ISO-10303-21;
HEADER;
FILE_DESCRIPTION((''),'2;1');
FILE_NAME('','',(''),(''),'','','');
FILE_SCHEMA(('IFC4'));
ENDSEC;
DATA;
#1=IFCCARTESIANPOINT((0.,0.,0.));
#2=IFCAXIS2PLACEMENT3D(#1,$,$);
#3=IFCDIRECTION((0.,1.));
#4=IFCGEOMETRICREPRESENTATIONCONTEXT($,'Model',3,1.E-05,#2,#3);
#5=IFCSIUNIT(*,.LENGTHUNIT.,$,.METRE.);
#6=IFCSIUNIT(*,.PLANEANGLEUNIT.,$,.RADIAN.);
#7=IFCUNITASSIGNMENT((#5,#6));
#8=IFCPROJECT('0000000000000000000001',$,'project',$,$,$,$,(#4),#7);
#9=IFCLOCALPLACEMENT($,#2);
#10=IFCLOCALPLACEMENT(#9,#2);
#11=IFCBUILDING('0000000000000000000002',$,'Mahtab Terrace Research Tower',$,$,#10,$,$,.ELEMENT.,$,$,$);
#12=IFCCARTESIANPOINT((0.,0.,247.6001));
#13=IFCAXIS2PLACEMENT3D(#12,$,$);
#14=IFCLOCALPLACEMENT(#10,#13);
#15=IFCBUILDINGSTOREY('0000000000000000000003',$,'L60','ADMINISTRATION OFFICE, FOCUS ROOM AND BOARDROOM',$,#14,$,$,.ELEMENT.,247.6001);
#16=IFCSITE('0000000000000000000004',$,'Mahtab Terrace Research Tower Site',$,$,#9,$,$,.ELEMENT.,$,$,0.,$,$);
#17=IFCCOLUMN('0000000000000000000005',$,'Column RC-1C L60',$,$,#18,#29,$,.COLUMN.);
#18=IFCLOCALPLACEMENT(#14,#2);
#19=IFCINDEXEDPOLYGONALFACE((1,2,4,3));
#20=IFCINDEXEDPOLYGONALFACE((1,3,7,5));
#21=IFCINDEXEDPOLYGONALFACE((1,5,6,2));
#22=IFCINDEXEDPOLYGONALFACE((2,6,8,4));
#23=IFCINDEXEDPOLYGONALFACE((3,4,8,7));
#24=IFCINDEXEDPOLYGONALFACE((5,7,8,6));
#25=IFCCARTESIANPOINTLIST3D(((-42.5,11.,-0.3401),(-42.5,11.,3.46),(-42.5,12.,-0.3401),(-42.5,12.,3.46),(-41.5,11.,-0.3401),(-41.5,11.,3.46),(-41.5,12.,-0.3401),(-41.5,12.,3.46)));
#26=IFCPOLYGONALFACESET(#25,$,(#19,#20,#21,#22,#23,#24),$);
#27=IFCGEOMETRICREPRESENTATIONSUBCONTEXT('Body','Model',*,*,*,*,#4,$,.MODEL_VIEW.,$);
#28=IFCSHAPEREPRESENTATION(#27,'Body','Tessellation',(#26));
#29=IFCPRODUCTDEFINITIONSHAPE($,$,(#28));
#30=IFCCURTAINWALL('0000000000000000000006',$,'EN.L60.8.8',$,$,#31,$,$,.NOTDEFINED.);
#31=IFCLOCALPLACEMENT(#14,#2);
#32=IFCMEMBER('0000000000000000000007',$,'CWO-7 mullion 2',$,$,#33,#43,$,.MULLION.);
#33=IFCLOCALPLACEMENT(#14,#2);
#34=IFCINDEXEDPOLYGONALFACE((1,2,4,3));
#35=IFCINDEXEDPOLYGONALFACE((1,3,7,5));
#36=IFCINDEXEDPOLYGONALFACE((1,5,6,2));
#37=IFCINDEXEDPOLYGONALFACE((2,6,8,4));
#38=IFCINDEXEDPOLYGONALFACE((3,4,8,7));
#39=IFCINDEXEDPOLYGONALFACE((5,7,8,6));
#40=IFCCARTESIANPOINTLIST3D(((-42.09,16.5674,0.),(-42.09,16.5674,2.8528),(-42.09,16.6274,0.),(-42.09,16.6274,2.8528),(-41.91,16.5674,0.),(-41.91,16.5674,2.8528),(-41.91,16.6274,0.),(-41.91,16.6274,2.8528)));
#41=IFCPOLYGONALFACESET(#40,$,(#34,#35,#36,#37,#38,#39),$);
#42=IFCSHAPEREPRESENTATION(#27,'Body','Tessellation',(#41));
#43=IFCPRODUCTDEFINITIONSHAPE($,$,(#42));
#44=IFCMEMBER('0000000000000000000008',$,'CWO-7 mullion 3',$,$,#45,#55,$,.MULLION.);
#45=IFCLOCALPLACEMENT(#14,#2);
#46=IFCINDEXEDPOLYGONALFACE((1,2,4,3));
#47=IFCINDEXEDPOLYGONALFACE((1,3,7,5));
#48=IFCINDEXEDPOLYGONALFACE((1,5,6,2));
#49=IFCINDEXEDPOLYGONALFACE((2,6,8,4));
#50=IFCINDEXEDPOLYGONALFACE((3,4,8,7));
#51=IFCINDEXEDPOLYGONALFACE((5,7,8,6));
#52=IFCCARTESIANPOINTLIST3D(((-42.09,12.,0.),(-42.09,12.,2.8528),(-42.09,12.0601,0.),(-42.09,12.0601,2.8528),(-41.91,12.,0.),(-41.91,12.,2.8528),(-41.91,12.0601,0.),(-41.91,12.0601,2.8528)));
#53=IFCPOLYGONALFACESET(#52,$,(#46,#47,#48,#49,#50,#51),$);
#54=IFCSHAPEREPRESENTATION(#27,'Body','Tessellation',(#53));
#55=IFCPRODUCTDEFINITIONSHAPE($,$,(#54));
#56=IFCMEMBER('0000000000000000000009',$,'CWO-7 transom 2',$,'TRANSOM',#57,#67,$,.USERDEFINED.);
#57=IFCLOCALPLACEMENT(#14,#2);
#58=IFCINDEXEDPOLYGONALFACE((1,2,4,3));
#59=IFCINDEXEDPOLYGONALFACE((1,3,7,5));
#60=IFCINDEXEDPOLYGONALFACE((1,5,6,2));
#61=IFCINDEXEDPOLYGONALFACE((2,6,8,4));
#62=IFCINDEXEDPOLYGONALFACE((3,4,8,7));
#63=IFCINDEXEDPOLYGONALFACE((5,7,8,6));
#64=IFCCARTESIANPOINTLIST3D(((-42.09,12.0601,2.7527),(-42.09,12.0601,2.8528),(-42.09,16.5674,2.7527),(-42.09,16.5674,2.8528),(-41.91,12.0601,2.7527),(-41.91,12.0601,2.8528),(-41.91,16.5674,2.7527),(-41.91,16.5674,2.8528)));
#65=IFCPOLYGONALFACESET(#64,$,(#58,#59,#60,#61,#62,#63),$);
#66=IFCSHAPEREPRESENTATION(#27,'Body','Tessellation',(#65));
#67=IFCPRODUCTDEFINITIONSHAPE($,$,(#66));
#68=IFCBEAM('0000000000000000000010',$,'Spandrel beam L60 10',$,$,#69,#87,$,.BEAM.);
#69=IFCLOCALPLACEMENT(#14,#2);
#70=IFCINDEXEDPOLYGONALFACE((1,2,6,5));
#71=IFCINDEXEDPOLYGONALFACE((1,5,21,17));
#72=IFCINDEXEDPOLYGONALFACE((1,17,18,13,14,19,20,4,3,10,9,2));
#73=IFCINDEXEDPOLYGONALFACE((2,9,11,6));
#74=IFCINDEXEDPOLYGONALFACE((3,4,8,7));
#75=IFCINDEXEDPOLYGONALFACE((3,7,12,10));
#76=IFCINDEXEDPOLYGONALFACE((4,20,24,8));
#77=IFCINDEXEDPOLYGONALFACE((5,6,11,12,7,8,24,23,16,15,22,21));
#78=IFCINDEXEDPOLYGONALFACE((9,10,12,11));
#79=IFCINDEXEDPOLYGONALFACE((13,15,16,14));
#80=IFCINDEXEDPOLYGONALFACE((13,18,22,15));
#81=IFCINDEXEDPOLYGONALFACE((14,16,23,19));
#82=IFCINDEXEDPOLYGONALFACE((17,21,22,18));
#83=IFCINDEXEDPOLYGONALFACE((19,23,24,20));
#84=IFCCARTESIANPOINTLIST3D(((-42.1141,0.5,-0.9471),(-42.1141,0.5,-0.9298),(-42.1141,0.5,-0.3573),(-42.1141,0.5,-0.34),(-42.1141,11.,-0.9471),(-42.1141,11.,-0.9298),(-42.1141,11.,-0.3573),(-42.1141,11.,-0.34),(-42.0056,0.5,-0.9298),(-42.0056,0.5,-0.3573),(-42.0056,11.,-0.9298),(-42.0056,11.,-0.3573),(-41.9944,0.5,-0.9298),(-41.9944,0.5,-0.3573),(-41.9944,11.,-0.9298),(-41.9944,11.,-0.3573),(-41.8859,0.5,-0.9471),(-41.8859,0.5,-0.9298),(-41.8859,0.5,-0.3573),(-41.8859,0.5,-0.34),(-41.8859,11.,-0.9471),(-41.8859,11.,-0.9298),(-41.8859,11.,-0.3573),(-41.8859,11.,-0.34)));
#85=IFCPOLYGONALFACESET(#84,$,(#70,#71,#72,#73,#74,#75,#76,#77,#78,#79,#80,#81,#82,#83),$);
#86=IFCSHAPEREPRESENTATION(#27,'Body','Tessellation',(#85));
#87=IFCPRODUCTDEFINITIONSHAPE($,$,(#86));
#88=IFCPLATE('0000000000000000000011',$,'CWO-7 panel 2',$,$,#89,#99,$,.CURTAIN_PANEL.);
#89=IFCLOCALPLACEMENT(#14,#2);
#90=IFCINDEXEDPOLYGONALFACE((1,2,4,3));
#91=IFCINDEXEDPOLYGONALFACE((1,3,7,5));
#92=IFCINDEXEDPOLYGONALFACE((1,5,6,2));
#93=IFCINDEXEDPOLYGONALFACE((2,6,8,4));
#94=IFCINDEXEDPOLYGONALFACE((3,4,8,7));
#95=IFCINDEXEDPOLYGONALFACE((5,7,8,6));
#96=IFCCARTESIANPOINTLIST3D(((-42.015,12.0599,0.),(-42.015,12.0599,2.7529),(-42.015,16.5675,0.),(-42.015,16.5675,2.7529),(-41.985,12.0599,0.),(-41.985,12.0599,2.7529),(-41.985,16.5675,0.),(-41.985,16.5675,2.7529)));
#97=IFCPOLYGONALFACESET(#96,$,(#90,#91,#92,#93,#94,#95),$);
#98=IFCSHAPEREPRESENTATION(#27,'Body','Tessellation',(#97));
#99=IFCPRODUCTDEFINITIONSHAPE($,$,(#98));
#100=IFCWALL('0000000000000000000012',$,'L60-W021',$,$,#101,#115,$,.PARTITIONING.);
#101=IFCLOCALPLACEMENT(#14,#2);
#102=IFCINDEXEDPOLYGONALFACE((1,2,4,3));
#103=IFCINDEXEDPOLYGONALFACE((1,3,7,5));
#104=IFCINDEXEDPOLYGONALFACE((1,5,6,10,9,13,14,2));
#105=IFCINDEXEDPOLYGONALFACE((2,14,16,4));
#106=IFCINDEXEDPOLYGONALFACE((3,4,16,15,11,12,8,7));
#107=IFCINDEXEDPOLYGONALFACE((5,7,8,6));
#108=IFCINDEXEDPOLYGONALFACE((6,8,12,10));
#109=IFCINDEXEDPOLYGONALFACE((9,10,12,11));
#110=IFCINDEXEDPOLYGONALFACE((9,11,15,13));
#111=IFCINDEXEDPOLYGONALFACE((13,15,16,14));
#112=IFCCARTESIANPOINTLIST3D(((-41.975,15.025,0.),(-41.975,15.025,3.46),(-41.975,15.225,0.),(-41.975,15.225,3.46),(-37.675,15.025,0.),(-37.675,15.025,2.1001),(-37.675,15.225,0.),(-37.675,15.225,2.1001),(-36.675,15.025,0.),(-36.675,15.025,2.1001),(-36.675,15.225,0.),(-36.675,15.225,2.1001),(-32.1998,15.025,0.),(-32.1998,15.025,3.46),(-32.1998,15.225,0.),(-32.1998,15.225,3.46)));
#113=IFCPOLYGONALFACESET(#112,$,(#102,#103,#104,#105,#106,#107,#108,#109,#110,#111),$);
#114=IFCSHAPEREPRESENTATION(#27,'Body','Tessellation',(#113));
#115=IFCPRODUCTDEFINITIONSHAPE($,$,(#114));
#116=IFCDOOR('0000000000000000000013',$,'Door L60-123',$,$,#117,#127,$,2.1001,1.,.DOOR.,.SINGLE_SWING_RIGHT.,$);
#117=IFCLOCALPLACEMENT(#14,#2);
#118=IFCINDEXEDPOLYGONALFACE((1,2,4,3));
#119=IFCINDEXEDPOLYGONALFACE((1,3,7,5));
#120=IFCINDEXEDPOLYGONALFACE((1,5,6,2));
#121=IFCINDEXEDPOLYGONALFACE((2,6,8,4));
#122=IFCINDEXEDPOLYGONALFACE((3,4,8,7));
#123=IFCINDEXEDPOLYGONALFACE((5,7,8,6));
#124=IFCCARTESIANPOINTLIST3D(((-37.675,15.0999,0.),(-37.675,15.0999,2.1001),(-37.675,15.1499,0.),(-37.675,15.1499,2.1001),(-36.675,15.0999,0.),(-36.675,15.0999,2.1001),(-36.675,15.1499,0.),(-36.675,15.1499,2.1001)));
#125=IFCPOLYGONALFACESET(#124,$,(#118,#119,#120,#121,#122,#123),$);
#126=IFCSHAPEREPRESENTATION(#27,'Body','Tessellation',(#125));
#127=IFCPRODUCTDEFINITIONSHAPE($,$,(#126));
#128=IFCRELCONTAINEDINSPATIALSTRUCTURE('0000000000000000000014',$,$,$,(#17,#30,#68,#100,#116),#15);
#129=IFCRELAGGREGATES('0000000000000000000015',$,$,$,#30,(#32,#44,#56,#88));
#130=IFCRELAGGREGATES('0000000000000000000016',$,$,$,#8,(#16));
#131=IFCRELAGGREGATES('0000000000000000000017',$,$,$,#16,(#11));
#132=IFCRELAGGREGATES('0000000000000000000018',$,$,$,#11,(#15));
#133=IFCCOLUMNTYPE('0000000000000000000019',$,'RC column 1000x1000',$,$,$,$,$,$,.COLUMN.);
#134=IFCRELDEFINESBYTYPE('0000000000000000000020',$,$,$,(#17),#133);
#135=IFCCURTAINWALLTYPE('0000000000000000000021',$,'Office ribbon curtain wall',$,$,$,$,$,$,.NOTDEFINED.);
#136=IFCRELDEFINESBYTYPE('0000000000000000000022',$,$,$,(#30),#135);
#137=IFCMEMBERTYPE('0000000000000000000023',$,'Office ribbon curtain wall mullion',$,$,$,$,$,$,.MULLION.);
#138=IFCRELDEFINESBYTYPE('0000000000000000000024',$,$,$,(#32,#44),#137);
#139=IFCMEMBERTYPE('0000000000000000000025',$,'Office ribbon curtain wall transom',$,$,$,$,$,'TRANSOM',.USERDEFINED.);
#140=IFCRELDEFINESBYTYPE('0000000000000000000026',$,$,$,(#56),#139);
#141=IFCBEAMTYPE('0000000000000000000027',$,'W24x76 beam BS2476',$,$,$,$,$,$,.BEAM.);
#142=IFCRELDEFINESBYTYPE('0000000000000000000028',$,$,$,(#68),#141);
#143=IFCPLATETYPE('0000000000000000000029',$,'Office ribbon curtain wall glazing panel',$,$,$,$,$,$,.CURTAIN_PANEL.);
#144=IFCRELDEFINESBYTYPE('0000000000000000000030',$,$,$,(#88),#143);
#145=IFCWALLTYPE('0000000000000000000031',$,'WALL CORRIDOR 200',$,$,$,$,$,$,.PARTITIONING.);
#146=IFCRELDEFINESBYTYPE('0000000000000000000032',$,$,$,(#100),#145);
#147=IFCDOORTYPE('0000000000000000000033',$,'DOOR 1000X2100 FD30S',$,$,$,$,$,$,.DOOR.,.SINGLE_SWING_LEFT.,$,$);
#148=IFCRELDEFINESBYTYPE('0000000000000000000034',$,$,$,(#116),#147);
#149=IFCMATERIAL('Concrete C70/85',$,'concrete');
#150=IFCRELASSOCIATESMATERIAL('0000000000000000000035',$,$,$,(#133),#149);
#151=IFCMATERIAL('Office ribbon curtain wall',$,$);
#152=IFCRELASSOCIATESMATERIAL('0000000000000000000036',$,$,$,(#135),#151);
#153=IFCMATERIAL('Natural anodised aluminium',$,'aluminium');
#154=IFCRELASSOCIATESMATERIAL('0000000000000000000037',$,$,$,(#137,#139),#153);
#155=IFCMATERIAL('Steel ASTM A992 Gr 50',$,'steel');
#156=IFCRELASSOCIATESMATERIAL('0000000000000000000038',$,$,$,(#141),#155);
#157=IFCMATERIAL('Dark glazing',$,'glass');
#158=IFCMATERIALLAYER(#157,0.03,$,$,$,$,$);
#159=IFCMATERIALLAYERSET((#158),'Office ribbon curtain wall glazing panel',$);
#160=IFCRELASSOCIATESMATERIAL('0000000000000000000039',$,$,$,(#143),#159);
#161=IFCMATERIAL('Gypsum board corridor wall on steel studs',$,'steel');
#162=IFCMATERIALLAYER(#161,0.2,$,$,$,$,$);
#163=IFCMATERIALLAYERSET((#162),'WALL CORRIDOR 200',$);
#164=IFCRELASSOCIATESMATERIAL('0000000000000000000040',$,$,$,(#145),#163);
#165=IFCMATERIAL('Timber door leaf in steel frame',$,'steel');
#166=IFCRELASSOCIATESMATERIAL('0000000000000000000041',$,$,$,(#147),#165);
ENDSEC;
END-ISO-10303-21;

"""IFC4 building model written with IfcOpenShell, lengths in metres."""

from ifc_helpers import new_model, si_unit, direction, frame, frame_2d, origin, origin_2d, place, context, subcontext, project, spatial, rectangle, i_section, extrude, material, layer, layer_set, material_profile, profile_set, type_object, element, fill, aggregate, save


model = new_model("IFC4")

# Units and contexts
model_context = context("Model", 3, precision=1e-05, world=origin(), true_north=direction((0.0, 1.0)))
body_context = subcontext(model_context, "Body", "Model", "MODEL_VIEW")
ifc_project = project(units=[si_unit("LENGTHUNIT", "METRE"), si_unit("PLANEANGLEUNIT", "RADIAN")], contexts=[model_context])

# Site, building, storey
site_placement = place(None, origin())
site = spatial("IfcSite", under=ifc_project, at=site_placement, Name="Mahtab Terrace Research Tower Site", CompositionType="ELEMENT", RefElevation=0.0)
building_placement = place(site_placement, origin())
building = spatial("IfcBuilding", under=site, at=building_placement, Name="Mahtab Terrace Research Tower", CompositionType="ELEMENT")
storey_placement = place(building_placement, frame((0.0, 0.0, 247.6001)))
storey = spatial("IfcBuildingStorey", under=building, at=storey_placement, Name="L60", Description="ADMINISTRATION OFFICE, FOCUS ROOM AND BOARDROOM", CompositionType="ELEMENT", Elevation=247.6001)

# Column
ifc_material_1 = material(Name="Concrete C70/85", Category="concrete")
ifc_material_profile_1 = material_profile(ifc_material_1, rectangle(XDim=1.0, YDim=1.0, at=origin_2d()), Name="RC column 1000x1000")
ifc_profile_set_1 = profile_set([ifc_material_profile_1], Name="Concrete C70/85")
column_type = type_object("IfcColumnType", Name="RC column 1000x1000", PredefinedType="COLUMN", material=ifc_profile_set_1)
column_placement = place(storey_placement, frame((-42.0, 11.5, -0.3401), z_axis=(0.0, 0.0, 1.0), x_axis=(1.0, 0.0, 0.0)))
element("IfcColumn", 1, at=column_placement, inside=storey, type_object=column_type, Name="Column RC-1C L60", PredefinedType="COLUMN", context=body_context, shape_type="SweptSolid", body=[
    extrude(rectangle(XDim=1.0, YDim=1.0, at=origin_2d()), origin(), (0.0, 0.0, 1.0), 3.8),
])

# Curtain wall, members
ifc_material_2 = material(Name="Office ribbon curtain wall")
curtain_wall_type = type_object("IfcCurtainWallType", Name="Office ribbon curtain wall", PredefinedType="NOTDEFINED", material=ifc_material_2)
curtain_wall_placement = place(storey_placement, origin())
curtain_wall = element("IfcCurtainWall", 2, at=curtain_wall_placement, inside=storey, type_object=curtain_wall_type, Name="EN.L60.8.8", PredefinedType="NOTDEFINED")
ifc_material_3 = material(Name="Natural anodised aluminium", Category="aluminium")
ifc_material_profile_2 = material_profile(ifc_material_3, rectangle(XDim=0.1799, YDim=0.0601, at=origin_2d()), Name="MULLION 60x180")
ifc_profile_set_2 = profile_set([ifc_material_profile_2], Name="Natural anodised aluminium")
member_type_1 = type_object("IfcMemberType", Name="Office ribbon curtain wall mullion", PredefinedType="MULLION", material=ifc_profile_set_2)
member_1_placement = place(storey_placement, frame((-42.0, 16.5974, 0.0), z_axis=(0.0, 0.0, 1.0), x_axis=(1.0, 0.0, 0.0)))
member_1 = element("IfcMember", 3, at=member_1_placement, type_object=member_type_1, Name="CWO-7 mullion 2", PredefinedType="MULLION", context=body_context, shape_type="SweptSolid", body=[
    extrude(rectangle(XDim=0.1799, YDim=0.0601, at=origin_2d()), origin(), (0.0, 0.0, 1.0), 2.8528),
])
member_2_placement = place(storey_placement, frame((-42.0, 12.03, 0.0), z_axis=(0.0, 0.0, 1.0), x_axis=(1.0, 0.0, 0.0)))
member_2 = element("IfcMember", 4, at=member_2_placement, type_object=member_type_1, Name="CWO-7 mullion 3", PredefinedType="MULLION", context=body_context, shape_type="SweptSolid", body=[
    extrude(rectangle(XDim=0.1799, YDim=0.0601, at=origin_2d()), origin(), (0.0, 0.0, 1.0), 2.8528),
])
ifc_material_profile_3 = material_profile(ifc_material_3, rectangle(XDim=0.1799, YDim=0.1001, at=origin_2d()), Name="TRANSOM 100x180")
ifc_profile_set_3 = profile_set([ifc_material_profile_3], Name="Natural anodised aluminium")
member_type_2 = type_object("IfcMemberType", Name="Office ribbon curtain wall transom", ElementType="TRANSOM", PredefinedType="USERDEFINED", material=ifc_profile_set_3)
member_3_placement = place(storey_placement, frame((-42.0, 16.5674, 2.8027), z_axis=(0.0, -1.0, 0.0), x_axis=(1.0, 0.0, 0.0)))
member_3 = element("IfcMember", 5, at=member_3_placement, type_object=member_type_2, Name="CWO-7 transom 2", ObjectType="TRANSOM", PredefinedType="USERDEFINED", context=body_context, shape_type="SweptSolid", body=[
    extrude(rectangle(XDim=0.1799, YDim=0.1001, at=origin_2d()), origin(), (0.0, 0.0, 1.0), 4.5073),
])

# Beam
ifc_material_4 = material(Name="Steel ASTM A992 Gr 50", Category="steel")
ifc_material_profile_4 = material_profile(ifc_material_4, i_section(OverallWidth=0.2283, OverallDepth=0.6072, WebThickness=0.0112, FlangeThickness=0.0173, at=origin_2d()), Name="W24X76")
ifc_profile_set_4 = profile_set([ifc_material_profile_4], Name="Steel ASTM A992 Gr 50")
beam_type = type_object("IfcBeamType", Name="W24x76 beam BS2476", PredefinedType="BEAM", material=ifc_profile_set_4)
beam_placement = place(storey_placement, frame((-42.0, 11.0, -0.6436), z_axis=(0.0, -1.0, 0.0), x_axis=(1.0, 0.0, 0.0)))
element("IfcBeam", 6, at=beam_placement, inside=storey, type_object=beam_type, Name="Spandrel beam L60 10", PredefinedType="BEAM", context=body_context, shape_type="SweptSolid", body=[
    extrude(i_section(OverallWidth=0.2283, OverallDepth=0.6072, WebThickness=0.0112, FlangeThickness=0.0173, at=origin_2d()), origin(), (0.0, 0.0, 1.0), 10.5),
])

# Plate
ifc_material_5 = material(Name="Dark glazing", Category="glass")
ifc_layer_1 = layer(ifc_material_5, 0.03)
ifc_layer_set_1 = layer_set([ifc_layer_1], Name="Office ribbon curtain wall glazing panel")
plate_type = type_object("IfcPlateType", Name="Office ribbon curtain wall glazing panel", PredefinedType="CURTAIN_PANEL", material=ifc_layer_set_1)
plate_placement = place(storey_placement, frame((-42.0, 14.3137, 0.0), z_axis=(0.0, 0.0, 1.0), x_axis=(0.0, -1.0, 0.0)))
plate = element("IfcPlate", 7, at=plate_placement, type_object=plate_type, Name="CWO-7 panel 2", PredefinedType="CURTAIN_PANEL", context=body_context, shape_type="SweptSolid", body=[
    extrude(rectangle(XDim=4.5076, YDim=0.03, at=origin_2d()), origin(), (0.0, 0.0, 1.0), 2.7529),
])
aggregate(curtain_wall, [member_1, member_2, member_3, plate])

# Wall, opening, door
ifc_material_6 = material(Name="Gypsum board corridor wall on steel studs", Category="steel")
ifc_layer_2 = layer(ifc_material_6, 0.2)
ifc_layer_set_2 = layer_set([ifc_layer_2], Name="WALL CORRIDOR 200")
wall_type = type_object("IfcWallType", Name="WALL CORRIDOR 200", PredefinedType="PARTITIONING", material=ifc_layer_set_2)
wall_1_placement = place(storey_placement, frame((-41.9751, 15.125, 0.0), z_axis=(0.0, 0.0, 1.0), x_axis=(1.0, 0.0, 0.0)))
wall_1 = element("IfcWall", 8, at=wall_1_placement, inside=storey, type_object=wall_type, Name="L60-W021", PredefinedType="PARTITIONING", context=body_context, shape_type="SweptSolid", body=[
    extrude(rectangle(XDim=9.7751, YDim=0.2, at=frame_2d((4.8877, 0.0))), origin(), (0.0, 0.0, 1.0), 3.46),
])
opening_1_placement = place(wall_1_placement, frame((4.3, 0.0, 0.0)))
opening_1 = element("IfcOpeningElement", 9, at=opening_1_placement, cuts=wall_1, PredefinedType="OPENING", context=body_context, shape_type="SweptSolid", body=[
    extrude(rectangle(XDim=1.0, YDim=2.1001, at=frame_2d((0.5, 1.05))), frame((0.0, 0.1099, 0.0), z_axis=(0.0, -1.0, 0.0), x_axis=(1.0, 0.0, 0.0)), (0.0, 0.0, 1.0), 0.22),
])
ifc_material_7 = material(Name="Timber door leaf in steel frame", Category="steel")
door_type_1 = type_object("IfcDoorType", Name="DOOR 1000X2100 FD30S", OperationType="SINGLE_SWING_LEFT", PredefinedType="DOOR", material=ifc_material_7)
door_1_placement = place(opening_1_placement, origin())
door_1 = element("IfcDoor", 10, at=door_1_placement, inside=storey, type_object=door_type_1, Name="Door L60-123", OperationType="SINGLE_SWING_RIGHT", OverallHeight=2.1001, OverallWidth=1.0, PredefinedType="DOOR", context=body_context, shape_type="SweptSolid", body=[
    extrude(rectangle(XDim=1.0, YDim=2.1001, at=frame_2d((0.5, 1.05))), frame((0.0, 0.0249, 0.0), z_axis=(0.0, -1.0, 0.0), x_axis=(1.0, 0.0, 0.0)), (0.0, 0.0, 1.0), 0.05),
])
fill(opening_1, door_1)

save(model, "model.ifc")
